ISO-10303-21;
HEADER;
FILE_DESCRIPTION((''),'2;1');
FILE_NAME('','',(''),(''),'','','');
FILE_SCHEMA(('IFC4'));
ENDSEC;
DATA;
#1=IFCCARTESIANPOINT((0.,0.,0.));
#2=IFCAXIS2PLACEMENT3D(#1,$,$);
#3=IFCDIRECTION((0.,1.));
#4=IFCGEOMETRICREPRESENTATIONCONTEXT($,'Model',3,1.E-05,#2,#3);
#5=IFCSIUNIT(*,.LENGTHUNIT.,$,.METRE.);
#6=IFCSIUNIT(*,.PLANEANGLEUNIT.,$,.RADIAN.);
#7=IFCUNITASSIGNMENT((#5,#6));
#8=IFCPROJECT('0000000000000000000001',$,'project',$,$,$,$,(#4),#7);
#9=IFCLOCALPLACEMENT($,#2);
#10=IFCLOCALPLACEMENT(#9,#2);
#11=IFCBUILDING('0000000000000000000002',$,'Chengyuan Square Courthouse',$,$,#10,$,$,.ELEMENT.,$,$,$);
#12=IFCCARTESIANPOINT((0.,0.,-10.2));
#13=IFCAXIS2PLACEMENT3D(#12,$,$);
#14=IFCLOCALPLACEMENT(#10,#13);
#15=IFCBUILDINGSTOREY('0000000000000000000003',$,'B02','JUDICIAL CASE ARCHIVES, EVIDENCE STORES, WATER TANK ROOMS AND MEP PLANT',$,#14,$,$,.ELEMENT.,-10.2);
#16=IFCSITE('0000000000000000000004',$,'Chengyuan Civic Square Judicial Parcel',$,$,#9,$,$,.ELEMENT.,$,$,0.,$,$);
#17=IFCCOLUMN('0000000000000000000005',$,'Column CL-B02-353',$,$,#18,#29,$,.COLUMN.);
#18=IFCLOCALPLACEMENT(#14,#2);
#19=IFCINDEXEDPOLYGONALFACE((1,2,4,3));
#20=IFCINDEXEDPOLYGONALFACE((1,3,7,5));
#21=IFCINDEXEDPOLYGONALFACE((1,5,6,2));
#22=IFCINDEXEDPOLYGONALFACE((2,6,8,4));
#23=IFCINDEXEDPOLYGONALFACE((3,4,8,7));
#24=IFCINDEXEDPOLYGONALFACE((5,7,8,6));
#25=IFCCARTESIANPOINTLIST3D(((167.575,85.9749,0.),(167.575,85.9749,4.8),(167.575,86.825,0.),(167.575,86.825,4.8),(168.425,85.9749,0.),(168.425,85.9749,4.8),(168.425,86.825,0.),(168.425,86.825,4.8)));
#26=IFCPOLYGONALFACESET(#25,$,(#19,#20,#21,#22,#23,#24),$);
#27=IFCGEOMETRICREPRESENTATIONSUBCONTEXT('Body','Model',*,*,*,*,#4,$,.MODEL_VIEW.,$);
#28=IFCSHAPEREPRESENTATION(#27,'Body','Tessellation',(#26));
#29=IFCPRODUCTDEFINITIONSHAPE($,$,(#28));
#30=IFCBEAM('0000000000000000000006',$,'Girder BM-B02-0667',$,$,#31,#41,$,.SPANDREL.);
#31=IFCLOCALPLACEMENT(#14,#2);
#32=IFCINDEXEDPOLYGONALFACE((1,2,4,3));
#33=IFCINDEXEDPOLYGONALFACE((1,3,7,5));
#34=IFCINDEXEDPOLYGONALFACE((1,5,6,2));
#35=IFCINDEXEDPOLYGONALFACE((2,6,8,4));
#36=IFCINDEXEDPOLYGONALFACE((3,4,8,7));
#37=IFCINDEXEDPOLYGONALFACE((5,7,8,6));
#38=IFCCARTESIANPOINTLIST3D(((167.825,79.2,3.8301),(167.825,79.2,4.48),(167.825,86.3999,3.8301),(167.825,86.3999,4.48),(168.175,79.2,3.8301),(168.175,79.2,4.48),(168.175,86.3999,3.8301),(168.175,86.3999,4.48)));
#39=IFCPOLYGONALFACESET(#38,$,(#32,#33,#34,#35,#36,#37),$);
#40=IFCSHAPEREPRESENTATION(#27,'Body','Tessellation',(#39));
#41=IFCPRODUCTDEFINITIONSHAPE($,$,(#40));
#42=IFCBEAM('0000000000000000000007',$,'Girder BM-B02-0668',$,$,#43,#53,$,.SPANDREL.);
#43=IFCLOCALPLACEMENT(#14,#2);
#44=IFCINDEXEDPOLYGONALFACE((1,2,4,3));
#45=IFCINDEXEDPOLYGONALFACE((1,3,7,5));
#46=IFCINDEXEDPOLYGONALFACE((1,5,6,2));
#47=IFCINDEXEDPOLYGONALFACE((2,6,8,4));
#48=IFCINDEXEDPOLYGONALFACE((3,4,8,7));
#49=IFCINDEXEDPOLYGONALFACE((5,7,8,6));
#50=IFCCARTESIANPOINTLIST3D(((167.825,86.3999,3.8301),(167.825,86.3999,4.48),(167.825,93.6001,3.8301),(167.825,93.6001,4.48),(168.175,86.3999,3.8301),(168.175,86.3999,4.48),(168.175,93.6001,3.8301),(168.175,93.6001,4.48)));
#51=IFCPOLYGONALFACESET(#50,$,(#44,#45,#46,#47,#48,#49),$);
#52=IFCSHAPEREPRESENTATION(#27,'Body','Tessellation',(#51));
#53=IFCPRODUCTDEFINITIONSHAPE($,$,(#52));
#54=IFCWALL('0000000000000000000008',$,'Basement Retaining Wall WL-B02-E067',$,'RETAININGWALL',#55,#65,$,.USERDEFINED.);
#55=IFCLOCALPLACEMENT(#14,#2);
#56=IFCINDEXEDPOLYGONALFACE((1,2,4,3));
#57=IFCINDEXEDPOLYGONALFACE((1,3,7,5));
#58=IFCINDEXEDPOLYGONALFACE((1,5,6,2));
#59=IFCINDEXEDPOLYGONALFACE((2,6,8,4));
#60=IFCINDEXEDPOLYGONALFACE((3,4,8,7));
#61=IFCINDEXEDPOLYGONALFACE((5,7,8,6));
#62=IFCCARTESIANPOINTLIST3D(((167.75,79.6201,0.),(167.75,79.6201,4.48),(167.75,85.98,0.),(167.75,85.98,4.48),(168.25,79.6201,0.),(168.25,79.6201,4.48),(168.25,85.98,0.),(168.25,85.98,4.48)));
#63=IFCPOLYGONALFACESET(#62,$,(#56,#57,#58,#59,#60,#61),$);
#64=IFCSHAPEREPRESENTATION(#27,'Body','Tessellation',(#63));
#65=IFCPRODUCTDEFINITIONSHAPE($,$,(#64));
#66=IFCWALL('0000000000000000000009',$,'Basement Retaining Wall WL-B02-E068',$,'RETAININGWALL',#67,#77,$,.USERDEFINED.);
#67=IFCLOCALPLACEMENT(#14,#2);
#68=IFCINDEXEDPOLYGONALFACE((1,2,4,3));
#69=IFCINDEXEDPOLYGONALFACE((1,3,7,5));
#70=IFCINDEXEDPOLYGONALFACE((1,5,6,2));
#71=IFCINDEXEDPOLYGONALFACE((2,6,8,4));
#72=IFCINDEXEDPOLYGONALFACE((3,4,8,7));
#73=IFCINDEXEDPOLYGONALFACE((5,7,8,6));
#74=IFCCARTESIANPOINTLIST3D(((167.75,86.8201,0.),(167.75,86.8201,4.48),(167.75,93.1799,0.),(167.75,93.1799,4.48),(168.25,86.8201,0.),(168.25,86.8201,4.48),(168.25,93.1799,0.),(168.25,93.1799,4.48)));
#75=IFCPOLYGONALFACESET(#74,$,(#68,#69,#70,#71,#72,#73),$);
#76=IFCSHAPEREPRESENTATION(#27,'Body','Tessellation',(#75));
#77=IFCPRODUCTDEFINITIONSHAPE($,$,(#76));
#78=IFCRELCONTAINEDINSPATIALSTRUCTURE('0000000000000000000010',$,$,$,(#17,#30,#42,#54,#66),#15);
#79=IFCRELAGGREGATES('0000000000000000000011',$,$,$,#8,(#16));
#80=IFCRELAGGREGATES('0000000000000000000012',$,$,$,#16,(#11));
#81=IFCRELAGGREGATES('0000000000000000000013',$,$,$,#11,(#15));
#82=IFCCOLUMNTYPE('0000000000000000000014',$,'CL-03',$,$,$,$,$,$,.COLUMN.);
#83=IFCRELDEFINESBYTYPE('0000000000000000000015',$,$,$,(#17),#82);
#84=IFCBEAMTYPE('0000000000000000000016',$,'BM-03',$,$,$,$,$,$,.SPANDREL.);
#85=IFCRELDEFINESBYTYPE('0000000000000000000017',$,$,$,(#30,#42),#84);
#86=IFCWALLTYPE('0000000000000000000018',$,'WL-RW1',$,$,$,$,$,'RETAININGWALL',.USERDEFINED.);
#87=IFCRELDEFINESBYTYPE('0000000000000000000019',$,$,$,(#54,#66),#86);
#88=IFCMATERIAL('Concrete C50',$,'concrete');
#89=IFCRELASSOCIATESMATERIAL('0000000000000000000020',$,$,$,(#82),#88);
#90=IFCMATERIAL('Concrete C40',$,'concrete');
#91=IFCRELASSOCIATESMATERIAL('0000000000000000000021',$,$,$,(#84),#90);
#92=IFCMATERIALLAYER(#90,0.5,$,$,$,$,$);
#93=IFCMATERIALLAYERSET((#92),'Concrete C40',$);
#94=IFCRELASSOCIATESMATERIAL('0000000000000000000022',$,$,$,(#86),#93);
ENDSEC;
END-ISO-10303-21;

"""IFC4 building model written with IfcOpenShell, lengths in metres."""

from ifc_helpers import new_model, si_unit, direction, frame, frame_2d, origin, origin_2d, place, context, subcontext, project, spatial, rectangle, extrude, material, layer, layer_set, material_profile, profile_set, type_object, element, save


model = new_model("IFC4")

# Units and contexts
model_context = context("Model", 3, precision=1e-05, world=origin(), true_north=direction((0.0, 1.0)))
body_context = subcontext(model_context, "Body", "Model", "MODEL_VIEW")
ifc_project = project(units=[si_unit("LENGTHUNIT", "METRE"), si_unit("PLANEANGLEUNIT", "RADIAN")], contexts=[model_context])

# Site, building, storey
site_placement = place(None, origin())
site = spatial("IfcSite", under=ifc_project, at=site_placement, Name="Chengyuan Civic Square Judicial Parcel", CompositionType="ELEMENT", RefElevation=0.0)
building_placement = place(site_placement, origin())
building = spatial("IfcBuilding", under=site, at=building_placement, Name="Chengyuan Square Courthouse", CompositionType="ELEMENT")
storey_placement = place(building_placement, frame((0.0, 0.0, -10.2)))
storey = spatial("IfcBuildingStorey", under=building, at=storey_placement, Name="B02", Description="JUDICIAL CASE ARCHIVES, EVIDENCE STORES, WATER TANK ROOMS AND MEP PLANT", CompositionType="ELEMENT", Elevation=-10.2)

# Shared definitions
ifc_material_1 = material(Name="Concrete C40", Category="concrete")

# Column
ifc_material_2 = material(Name="Concrete C50", Category="concrete")
ifc_material_profile_1 = material_profile(ifc_material_2, rectangle(XDim=0.8501, YDim=0.8501, at=origin_2d()), Name="RC-COL-850x850")
ifc_profile_set_1 = profile_set([ifc_material_profile_1], Name="Concrete C50")
column_type = type_object("IfcColumnType", Name="CL-03", PredefinedType="COLUMN", material=ifc_profile_set_1)
for number, where, z_axis, x_axis, name in (
    (1, (168.0, 86.3999, 0.0), (0.0, 0.0, 1.0), (1.0, 0.0, 0.0), "Column CL-B02-353"),
):
    element("IfcColumn", number, at=place(storey_placement, frame(where, z_axis=z_axis, x_axis=x_axis)), inside=storey, type_object=column_type, Name=name, PredefinedType="COLUMN", context=body_context, shape_type="SweptSolid", body=[
        extrude(rectangle(XDim=0.8501, YDim=0.8501, at=origin_2d()), origin(), (0.0, 0.0, 1.0), 4.8),
    ])

# Beams
ifc_material_profile_2 = material_profile(ifc_material_1, rectangle(XDim=0.3501, YDim=0.6499, at=origin_2d()), Name="RC-BM-350x650")
ifc_profile_set_2 = profile_set([ifc_material_profile_2], Name="Concrete C40")
beam_type = type_object("IfcBeamType", Name="BM-03", PredefinedType="SPANDREL", material=ifc_profile_set_2)
beam_1_placement = place(storey_placement, frame((168.0, 79.2, 4.155), z_axis=(0.0, 1.0, 0.0), x_axis=(-1.0, 0.0, 0.0)))
element("IfcBeam", 2, at=beam_1_placement, inside=storey, type_object=beam_type, Name="Girder BM-B02-0667", PredefinedType="SPANDREL", context=body_context, shape_type="SweptSolid", body=[
    extrude(rectangle(XDim=0.3501, YDim=0.6499, at=origin_2d()), origin(), (0.0, 0.0, 1.0), 7.2),
])
beam_2_placement = place(storey_placement, frame((168.0, 86.3999, 4.155), z_axis=(0.0, 1.0, 0.0), x_axis=(-1.0, 0.0, 0.0)))
element("IfcBeam", 3, at=beam_2_placement, inside=storey, type_object=beam_type, Name="Girder BM-B02-0668", PredefinedType="SPANDREL", context=body_context, shape_type="SweptSolid", body=[
    extrude(rectangle(XDim=0.3501, YDim=0.6499, at=origin_2d()), origin(), (0.0, 0.0, 1.0), 7.2002),
])

# Walls
ifc_layer = layer(ifc_material_1, 0.5)
ifc_layer_set = layer_set([ifc_layer], Name="Concrete C40")
wall_type = type_object("IfcWallType", Name="WL-RW1", ElementType="RETAININGWALL", PredefinedType="USERDEFINED", material=ifc_layer_set)
for number, where, z_axis, x_axis, name in (
    (4, (168.0, 79.6201, 0.0), (0.0, 0.0, 1.0), (0.0, 1.0, 0.0), "Basement Retaining Wall WL-B02-E067"),
    (5, (168.0, 86.8201, 0.0), (0.0, 0.0, 1.0), (0.0, 1.0, 0.0), "Basement Retaining Wall WL-B02-E068"),
):
    element("IfcWall", number, at=place(storey_placement, frame(where, z_axis=z_axis, x_axis=x_axis)), inside=storey, type_object=wall_type, Name=name, ObjectType="RETAININGWALL", PredefinedType="USERDEFINED", context=body_context, shape_type="SweptSolid", body=[
        extrude(rectangle(XDim=6.3599, YDim=0.5, at=frame_2d((3.1799, 0.0))), origin(), (0.0, 0.0, 1.0), 4.48),
    ])

save(model, "model.ifc")
